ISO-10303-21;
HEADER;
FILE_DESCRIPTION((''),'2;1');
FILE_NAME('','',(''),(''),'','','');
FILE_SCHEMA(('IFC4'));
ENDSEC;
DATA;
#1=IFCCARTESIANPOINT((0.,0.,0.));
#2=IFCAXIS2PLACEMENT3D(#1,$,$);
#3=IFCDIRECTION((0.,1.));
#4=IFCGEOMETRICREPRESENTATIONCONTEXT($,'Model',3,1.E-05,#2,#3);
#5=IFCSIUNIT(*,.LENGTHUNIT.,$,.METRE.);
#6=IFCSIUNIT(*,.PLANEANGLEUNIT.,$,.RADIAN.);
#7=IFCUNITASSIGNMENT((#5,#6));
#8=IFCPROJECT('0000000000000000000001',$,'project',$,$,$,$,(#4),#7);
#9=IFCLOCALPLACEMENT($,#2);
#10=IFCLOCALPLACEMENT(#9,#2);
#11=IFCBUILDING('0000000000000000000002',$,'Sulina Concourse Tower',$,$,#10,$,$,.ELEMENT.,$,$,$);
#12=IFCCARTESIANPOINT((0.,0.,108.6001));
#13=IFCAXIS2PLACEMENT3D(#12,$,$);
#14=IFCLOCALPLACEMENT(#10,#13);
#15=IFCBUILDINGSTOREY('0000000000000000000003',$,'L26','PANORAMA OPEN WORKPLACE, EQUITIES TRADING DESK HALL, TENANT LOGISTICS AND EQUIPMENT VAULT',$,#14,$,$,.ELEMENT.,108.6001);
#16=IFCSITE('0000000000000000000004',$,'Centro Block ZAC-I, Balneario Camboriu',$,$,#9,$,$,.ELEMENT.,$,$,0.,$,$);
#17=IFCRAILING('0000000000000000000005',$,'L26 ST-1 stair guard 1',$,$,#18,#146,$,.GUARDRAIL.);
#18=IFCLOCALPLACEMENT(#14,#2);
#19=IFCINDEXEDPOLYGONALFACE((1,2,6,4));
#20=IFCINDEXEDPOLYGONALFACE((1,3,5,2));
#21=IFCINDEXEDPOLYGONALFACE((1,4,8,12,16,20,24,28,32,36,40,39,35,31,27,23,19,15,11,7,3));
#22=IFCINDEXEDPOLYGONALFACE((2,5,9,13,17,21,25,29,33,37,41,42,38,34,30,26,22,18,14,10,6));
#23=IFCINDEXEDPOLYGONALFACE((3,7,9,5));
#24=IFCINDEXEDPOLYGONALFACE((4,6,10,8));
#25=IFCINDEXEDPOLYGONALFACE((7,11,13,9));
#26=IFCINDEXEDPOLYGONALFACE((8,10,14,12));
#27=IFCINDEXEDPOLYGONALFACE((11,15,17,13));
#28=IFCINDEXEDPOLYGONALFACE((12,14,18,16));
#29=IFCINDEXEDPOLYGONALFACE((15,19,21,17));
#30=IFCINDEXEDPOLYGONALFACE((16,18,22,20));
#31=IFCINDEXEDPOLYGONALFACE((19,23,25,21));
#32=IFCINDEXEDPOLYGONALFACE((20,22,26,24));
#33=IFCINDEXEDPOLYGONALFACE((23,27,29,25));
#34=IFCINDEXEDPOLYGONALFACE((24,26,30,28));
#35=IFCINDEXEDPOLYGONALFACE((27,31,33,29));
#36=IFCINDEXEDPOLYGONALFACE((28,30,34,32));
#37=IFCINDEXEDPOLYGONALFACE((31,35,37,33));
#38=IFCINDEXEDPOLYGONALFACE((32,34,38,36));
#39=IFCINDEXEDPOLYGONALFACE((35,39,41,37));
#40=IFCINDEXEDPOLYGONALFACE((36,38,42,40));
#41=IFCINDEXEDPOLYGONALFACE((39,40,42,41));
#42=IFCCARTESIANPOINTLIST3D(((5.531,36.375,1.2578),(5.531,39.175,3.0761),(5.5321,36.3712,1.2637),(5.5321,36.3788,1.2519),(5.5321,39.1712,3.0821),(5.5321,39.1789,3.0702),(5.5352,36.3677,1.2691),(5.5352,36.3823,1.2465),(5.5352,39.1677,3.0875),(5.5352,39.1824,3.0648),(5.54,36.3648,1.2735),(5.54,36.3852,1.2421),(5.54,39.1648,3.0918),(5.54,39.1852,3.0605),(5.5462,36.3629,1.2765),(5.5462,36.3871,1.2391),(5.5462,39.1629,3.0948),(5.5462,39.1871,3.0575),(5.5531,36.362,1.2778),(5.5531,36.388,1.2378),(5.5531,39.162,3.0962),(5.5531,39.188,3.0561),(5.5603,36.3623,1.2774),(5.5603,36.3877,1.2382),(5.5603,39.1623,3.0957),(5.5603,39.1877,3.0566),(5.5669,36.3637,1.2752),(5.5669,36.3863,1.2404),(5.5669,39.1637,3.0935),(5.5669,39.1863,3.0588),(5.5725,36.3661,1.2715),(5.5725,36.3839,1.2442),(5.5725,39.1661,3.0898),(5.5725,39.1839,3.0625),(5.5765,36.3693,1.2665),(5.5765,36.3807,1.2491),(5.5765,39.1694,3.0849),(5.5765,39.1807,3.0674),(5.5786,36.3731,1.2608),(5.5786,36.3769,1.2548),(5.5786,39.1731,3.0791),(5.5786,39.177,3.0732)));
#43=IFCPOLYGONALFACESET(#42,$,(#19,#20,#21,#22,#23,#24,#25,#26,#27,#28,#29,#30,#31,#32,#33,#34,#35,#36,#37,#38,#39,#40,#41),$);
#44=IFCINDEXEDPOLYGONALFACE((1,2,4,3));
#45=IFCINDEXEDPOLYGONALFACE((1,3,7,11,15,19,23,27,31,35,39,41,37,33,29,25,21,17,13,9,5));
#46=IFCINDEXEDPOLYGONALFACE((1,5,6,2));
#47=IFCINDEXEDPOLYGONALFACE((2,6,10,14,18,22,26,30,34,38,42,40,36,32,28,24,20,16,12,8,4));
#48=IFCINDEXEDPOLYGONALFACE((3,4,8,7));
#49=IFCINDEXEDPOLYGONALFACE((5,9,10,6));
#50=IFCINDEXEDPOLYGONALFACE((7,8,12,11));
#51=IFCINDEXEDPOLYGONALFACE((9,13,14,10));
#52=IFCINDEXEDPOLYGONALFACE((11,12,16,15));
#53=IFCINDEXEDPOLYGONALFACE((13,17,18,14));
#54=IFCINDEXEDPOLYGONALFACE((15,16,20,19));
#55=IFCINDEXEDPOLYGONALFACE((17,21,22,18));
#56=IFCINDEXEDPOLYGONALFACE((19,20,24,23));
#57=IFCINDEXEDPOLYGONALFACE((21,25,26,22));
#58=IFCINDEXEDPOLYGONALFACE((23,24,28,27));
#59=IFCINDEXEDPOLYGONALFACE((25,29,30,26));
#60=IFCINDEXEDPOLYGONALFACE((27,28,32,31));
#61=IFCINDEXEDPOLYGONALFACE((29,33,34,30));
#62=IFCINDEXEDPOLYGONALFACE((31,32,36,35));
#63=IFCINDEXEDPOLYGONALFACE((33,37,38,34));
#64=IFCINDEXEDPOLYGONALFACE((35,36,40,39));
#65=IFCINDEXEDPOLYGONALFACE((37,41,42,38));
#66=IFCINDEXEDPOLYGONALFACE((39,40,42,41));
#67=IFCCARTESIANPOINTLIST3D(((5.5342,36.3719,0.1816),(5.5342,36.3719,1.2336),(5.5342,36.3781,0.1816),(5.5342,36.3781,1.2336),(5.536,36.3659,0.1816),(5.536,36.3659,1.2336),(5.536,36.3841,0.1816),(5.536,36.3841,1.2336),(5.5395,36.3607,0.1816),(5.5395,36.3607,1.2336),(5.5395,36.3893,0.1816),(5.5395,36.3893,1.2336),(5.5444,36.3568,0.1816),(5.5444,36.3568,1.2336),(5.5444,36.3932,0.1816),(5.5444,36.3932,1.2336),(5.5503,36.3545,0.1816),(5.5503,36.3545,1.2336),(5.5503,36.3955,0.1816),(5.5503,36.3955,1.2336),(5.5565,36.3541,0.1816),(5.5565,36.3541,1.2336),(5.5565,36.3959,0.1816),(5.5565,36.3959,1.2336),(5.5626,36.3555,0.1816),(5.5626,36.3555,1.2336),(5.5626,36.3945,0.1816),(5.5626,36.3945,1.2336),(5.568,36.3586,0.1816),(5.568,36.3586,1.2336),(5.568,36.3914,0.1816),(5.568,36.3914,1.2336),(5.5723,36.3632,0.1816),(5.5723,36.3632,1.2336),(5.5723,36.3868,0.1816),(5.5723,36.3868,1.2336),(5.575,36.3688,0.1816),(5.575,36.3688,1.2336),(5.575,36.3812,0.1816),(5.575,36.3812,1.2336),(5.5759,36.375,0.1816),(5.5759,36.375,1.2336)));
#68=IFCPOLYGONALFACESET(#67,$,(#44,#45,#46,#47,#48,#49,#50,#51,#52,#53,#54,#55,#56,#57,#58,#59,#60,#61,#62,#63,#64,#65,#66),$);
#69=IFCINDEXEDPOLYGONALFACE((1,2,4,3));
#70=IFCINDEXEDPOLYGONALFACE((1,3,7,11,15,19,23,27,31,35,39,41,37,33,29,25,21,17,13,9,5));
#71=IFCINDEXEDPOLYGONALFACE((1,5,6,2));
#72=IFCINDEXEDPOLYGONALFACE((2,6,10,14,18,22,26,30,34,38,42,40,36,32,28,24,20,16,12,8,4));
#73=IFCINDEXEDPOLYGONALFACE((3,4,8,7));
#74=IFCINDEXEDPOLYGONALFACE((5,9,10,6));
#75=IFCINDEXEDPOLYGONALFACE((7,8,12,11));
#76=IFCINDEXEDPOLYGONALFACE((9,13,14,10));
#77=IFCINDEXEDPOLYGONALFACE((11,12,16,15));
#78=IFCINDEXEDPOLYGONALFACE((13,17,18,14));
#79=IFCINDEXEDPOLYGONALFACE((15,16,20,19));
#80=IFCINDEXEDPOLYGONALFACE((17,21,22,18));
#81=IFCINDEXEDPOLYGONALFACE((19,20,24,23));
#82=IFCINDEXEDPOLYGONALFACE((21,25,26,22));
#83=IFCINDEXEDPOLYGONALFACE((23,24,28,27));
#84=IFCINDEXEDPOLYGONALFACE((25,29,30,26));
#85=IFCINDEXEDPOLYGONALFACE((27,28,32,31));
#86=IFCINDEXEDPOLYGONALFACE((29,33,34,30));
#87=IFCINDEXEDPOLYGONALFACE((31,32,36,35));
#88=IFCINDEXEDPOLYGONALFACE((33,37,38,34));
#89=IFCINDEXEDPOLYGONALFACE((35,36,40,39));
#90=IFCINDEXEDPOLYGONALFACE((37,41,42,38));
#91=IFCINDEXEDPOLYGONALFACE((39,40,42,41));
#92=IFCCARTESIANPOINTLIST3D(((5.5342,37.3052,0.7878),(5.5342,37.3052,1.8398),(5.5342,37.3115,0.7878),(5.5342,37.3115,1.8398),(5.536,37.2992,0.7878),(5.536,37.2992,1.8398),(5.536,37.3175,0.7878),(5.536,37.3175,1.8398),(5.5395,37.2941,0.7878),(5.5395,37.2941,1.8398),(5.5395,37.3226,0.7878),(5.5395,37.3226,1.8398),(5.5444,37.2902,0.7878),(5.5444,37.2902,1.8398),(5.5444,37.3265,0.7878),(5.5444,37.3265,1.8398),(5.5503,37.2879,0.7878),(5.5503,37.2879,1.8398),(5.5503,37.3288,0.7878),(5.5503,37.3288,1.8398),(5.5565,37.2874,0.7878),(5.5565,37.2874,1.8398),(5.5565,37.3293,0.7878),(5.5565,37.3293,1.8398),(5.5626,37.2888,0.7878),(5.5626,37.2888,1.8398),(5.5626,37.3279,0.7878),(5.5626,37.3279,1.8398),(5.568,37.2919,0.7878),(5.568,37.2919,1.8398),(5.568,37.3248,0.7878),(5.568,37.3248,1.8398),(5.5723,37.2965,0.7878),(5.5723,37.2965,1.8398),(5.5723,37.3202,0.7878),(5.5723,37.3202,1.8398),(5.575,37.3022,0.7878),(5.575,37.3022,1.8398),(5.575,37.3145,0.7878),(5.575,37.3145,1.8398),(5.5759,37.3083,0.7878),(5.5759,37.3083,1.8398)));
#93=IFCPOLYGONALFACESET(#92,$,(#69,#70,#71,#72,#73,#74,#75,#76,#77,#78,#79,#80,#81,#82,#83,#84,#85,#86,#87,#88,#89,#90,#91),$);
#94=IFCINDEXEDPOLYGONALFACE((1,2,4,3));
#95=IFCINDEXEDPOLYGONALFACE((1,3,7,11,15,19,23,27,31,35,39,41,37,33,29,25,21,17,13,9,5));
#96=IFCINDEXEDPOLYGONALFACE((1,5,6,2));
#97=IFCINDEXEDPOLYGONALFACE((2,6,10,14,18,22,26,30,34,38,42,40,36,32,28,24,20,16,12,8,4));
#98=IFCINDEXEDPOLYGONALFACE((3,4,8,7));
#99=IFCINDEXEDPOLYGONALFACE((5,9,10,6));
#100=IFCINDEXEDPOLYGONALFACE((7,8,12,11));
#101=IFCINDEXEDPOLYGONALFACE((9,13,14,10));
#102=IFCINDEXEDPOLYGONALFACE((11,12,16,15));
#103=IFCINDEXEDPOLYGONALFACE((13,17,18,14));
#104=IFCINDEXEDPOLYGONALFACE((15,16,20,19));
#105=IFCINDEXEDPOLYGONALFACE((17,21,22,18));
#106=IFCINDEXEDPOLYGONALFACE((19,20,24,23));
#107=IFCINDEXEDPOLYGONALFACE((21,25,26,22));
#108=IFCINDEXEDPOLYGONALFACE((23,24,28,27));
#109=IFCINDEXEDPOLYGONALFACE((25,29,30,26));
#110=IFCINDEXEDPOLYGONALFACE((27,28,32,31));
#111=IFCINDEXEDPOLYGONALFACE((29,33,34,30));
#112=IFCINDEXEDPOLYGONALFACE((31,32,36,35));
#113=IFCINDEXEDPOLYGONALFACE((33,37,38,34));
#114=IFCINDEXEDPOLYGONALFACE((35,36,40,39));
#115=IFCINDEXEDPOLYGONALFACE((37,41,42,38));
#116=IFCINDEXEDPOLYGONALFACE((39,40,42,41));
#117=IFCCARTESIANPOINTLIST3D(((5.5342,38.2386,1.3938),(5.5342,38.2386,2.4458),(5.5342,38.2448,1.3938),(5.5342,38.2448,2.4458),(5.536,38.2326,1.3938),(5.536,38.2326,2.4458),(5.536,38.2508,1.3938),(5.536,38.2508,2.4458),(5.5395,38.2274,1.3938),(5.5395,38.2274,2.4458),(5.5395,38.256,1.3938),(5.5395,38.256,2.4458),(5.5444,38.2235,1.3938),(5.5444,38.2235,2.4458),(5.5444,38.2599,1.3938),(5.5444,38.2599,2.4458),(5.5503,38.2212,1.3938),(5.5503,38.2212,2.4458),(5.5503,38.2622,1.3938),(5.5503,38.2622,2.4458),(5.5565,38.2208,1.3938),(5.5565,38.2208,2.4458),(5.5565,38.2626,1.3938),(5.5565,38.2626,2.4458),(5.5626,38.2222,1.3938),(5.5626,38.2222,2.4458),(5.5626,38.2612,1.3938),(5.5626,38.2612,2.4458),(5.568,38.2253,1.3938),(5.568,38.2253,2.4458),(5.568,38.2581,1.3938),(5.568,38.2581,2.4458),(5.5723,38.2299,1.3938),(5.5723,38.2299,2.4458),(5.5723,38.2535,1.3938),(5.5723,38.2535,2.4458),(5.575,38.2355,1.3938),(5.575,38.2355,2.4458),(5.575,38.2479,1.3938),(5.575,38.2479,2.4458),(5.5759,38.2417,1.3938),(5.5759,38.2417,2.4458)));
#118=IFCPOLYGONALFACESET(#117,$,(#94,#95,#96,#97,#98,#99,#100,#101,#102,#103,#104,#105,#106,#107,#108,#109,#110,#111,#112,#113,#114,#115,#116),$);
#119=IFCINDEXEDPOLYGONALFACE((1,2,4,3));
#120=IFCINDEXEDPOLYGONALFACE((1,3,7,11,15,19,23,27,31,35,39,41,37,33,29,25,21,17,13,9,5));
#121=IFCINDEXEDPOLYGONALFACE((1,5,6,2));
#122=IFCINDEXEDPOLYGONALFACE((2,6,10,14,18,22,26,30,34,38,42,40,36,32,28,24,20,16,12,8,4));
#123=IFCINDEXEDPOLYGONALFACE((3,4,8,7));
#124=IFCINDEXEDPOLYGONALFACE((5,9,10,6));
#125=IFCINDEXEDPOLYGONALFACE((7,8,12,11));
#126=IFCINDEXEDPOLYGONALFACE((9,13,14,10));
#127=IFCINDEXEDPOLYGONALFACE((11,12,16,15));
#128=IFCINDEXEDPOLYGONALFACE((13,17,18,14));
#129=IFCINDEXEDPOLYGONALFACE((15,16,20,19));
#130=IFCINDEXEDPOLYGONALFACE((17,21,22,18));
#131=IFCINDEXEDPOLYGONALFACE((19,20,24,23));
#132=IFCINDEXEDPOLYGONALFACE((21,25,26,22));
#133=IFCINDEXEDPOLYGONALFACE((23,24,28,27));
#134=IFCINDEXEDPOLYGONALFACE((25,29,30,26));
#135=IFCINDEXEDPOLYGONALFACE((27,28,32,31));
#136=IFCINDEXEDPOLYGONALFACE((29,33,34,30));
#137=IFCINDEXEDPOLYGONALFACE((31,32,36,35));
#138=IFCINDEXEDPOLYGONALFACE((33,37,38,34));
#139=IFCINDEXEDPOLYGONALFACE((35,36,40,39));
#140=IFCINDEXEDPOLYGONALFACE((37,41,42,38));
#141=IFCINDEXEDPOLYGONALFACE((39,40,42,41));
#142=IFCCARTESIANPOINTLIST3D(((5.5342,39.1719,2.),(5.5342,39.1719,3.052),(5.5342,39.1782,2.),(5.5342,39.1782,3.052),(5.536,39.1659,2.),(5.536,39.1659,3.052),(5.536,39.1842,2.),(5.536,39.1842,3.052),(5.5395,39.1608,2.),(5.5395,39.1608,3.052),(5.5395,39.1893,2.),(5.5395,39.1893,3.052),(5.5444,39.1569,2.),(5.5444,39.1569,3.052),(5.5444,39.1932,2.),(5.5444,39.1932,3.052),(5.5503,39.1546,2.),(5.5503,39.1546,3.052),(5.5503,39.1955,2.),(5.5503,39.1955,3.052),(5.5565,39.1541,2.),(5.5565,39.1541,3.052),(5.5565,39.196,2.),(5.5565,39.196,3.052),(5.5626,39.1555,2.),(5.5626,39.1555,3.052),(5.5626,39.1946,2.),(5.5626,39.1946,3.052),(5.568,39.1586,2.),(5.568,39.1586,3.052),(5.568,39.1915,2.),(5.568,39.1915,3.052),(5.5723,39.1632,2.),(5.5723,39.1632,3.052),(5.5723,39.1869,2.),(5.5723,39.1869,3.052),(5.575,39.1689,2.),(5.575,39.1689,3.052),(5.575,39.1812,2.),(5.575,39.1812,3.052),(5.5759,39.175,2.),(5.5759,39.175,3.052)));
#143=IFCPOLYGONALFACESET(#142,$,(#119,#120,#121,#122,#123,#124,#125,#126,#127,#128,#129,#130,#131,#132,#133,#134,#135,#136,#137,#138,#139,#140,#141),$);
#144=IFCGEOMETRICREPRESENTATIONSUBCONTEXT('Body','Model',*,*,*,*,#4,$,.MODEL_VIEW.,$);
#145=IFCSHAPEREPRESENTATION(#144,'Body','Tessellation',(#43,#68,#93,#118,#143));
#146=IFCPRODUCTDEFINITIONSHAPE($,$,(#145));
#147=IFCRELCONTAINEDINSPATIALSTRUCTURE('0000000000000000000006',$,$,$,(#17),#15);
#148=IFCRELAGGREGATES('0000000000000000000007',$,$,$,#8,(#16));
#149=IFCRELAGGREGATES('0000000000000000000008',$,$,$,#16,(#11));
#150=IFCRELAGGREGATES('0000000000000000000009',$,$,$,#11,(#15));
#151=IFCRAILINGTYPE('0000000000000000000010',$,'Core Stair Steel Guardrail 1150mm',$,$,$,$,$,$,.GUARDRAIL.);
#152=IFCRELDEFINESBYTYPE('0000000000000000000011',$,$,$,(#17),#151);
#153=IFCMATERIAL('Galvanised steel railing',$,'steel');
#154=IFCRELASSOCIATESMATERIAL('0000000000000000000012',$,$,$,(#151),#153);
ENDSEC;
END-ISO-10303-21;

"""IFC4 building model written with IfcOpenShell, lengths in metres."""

from ifc_helpers import new_model, si_unit, direction, frame, origin, origin_2d, place, context, subcontext, project, spatial, circle, extrude, material, type_object, element, save


model = new_model("IFC4")

# Units and contexts
model_context = context("Model", 3, precision=1e-05, world=origin(), true_north=direction((0.0, 1.0)))
body_context = subcontext(model_context, "Body", "Model", "MODEL_VIEW")
ifc_project = project(units=[si_unit("LENGTHUNIT", "METRE"), si_unit("PLANEANGLEUNIT", "RADIAN")], contexts=[model_context])

# Site, building, storey
site_placement = place(None, origin())
site = spatial("IfcSite", under=ifc_project, at=site_placement, Name="Centro Block ZAC-I, Balneario Camboriu", CompositionType="ELEMENT", RefElevation=0.0)
building_placement = place(site_placement, origin())
building = spatial("IfcBuilding", under=site, at=building_placement, Name="Sulina Concourse Tower", CompositionType="ELEMENT")
storey_placement = place(building_placement, frame((0.0, 0.0, 108.6001)))
storey = spatial("IfcBuildingStorey", under=building, at=storey_placement, Name="L26", Description="PANORAMA OPEN WORKPLACE, EQUITIES TRADING DESK HALL, TENANT LOGISTICS AND EQUIPMENT VAULT", CompositionType="ELEMENT", Elevation=108.6001)

# Railing
ifc_material_1 = material(Name="Galvanised steel railing", Category="steel")
railing_type_1 = type_object("IfcRailingType", Name="Core Stair Steel Guardrail 1150mm", PredefinedType="GUARDRAIL", material=ifc_material_1)
railing_1_placement = place(storey_placement, frame((5.5549, 36.375, 0.1816)))
element("IfcRailing", 1, at=railing_1_placement, inside=storey, type_object=railing_type_1, Name="L26 ST-1 stair guard 1", PredefinedType="GUARDRAIL", context=body_context, shape_type="SweptSolid", body=[
    extrude(circle(Radius=0.0239, at=origin_2d()), frame((0.0, 0.0, 1.0762), z_axis=(0.0, 0.838672, 0.544636), x_axis=(-1.0, 0.0, 0.0)), (0.0, 0.0, 1.0), 3.3386),
    extrude(circle(Radius=0.021, at=origin_2d()), origin(), (0.0, 0.0, 1.0), 1.052),
    extrude(circle(Radius=0.021, at=origin_2d()), frame((0.0, 0.9333, 0.6062)), (0.0, 0.0, 1.0), 1.052),
    extrude(circle(Radius=0.021, at=origin_2d()), frame((0.0, 1.8667, 1.2122)), (0.0, 0.0, 1.0), 1.052),
    extrude(circle(Radius=0.021, at=origin_2d()), frame((0.0, 2.8, 1.8184)), (0.0, 0.0, 1.0), 1.052),
])

save(model, "model.ifc")
